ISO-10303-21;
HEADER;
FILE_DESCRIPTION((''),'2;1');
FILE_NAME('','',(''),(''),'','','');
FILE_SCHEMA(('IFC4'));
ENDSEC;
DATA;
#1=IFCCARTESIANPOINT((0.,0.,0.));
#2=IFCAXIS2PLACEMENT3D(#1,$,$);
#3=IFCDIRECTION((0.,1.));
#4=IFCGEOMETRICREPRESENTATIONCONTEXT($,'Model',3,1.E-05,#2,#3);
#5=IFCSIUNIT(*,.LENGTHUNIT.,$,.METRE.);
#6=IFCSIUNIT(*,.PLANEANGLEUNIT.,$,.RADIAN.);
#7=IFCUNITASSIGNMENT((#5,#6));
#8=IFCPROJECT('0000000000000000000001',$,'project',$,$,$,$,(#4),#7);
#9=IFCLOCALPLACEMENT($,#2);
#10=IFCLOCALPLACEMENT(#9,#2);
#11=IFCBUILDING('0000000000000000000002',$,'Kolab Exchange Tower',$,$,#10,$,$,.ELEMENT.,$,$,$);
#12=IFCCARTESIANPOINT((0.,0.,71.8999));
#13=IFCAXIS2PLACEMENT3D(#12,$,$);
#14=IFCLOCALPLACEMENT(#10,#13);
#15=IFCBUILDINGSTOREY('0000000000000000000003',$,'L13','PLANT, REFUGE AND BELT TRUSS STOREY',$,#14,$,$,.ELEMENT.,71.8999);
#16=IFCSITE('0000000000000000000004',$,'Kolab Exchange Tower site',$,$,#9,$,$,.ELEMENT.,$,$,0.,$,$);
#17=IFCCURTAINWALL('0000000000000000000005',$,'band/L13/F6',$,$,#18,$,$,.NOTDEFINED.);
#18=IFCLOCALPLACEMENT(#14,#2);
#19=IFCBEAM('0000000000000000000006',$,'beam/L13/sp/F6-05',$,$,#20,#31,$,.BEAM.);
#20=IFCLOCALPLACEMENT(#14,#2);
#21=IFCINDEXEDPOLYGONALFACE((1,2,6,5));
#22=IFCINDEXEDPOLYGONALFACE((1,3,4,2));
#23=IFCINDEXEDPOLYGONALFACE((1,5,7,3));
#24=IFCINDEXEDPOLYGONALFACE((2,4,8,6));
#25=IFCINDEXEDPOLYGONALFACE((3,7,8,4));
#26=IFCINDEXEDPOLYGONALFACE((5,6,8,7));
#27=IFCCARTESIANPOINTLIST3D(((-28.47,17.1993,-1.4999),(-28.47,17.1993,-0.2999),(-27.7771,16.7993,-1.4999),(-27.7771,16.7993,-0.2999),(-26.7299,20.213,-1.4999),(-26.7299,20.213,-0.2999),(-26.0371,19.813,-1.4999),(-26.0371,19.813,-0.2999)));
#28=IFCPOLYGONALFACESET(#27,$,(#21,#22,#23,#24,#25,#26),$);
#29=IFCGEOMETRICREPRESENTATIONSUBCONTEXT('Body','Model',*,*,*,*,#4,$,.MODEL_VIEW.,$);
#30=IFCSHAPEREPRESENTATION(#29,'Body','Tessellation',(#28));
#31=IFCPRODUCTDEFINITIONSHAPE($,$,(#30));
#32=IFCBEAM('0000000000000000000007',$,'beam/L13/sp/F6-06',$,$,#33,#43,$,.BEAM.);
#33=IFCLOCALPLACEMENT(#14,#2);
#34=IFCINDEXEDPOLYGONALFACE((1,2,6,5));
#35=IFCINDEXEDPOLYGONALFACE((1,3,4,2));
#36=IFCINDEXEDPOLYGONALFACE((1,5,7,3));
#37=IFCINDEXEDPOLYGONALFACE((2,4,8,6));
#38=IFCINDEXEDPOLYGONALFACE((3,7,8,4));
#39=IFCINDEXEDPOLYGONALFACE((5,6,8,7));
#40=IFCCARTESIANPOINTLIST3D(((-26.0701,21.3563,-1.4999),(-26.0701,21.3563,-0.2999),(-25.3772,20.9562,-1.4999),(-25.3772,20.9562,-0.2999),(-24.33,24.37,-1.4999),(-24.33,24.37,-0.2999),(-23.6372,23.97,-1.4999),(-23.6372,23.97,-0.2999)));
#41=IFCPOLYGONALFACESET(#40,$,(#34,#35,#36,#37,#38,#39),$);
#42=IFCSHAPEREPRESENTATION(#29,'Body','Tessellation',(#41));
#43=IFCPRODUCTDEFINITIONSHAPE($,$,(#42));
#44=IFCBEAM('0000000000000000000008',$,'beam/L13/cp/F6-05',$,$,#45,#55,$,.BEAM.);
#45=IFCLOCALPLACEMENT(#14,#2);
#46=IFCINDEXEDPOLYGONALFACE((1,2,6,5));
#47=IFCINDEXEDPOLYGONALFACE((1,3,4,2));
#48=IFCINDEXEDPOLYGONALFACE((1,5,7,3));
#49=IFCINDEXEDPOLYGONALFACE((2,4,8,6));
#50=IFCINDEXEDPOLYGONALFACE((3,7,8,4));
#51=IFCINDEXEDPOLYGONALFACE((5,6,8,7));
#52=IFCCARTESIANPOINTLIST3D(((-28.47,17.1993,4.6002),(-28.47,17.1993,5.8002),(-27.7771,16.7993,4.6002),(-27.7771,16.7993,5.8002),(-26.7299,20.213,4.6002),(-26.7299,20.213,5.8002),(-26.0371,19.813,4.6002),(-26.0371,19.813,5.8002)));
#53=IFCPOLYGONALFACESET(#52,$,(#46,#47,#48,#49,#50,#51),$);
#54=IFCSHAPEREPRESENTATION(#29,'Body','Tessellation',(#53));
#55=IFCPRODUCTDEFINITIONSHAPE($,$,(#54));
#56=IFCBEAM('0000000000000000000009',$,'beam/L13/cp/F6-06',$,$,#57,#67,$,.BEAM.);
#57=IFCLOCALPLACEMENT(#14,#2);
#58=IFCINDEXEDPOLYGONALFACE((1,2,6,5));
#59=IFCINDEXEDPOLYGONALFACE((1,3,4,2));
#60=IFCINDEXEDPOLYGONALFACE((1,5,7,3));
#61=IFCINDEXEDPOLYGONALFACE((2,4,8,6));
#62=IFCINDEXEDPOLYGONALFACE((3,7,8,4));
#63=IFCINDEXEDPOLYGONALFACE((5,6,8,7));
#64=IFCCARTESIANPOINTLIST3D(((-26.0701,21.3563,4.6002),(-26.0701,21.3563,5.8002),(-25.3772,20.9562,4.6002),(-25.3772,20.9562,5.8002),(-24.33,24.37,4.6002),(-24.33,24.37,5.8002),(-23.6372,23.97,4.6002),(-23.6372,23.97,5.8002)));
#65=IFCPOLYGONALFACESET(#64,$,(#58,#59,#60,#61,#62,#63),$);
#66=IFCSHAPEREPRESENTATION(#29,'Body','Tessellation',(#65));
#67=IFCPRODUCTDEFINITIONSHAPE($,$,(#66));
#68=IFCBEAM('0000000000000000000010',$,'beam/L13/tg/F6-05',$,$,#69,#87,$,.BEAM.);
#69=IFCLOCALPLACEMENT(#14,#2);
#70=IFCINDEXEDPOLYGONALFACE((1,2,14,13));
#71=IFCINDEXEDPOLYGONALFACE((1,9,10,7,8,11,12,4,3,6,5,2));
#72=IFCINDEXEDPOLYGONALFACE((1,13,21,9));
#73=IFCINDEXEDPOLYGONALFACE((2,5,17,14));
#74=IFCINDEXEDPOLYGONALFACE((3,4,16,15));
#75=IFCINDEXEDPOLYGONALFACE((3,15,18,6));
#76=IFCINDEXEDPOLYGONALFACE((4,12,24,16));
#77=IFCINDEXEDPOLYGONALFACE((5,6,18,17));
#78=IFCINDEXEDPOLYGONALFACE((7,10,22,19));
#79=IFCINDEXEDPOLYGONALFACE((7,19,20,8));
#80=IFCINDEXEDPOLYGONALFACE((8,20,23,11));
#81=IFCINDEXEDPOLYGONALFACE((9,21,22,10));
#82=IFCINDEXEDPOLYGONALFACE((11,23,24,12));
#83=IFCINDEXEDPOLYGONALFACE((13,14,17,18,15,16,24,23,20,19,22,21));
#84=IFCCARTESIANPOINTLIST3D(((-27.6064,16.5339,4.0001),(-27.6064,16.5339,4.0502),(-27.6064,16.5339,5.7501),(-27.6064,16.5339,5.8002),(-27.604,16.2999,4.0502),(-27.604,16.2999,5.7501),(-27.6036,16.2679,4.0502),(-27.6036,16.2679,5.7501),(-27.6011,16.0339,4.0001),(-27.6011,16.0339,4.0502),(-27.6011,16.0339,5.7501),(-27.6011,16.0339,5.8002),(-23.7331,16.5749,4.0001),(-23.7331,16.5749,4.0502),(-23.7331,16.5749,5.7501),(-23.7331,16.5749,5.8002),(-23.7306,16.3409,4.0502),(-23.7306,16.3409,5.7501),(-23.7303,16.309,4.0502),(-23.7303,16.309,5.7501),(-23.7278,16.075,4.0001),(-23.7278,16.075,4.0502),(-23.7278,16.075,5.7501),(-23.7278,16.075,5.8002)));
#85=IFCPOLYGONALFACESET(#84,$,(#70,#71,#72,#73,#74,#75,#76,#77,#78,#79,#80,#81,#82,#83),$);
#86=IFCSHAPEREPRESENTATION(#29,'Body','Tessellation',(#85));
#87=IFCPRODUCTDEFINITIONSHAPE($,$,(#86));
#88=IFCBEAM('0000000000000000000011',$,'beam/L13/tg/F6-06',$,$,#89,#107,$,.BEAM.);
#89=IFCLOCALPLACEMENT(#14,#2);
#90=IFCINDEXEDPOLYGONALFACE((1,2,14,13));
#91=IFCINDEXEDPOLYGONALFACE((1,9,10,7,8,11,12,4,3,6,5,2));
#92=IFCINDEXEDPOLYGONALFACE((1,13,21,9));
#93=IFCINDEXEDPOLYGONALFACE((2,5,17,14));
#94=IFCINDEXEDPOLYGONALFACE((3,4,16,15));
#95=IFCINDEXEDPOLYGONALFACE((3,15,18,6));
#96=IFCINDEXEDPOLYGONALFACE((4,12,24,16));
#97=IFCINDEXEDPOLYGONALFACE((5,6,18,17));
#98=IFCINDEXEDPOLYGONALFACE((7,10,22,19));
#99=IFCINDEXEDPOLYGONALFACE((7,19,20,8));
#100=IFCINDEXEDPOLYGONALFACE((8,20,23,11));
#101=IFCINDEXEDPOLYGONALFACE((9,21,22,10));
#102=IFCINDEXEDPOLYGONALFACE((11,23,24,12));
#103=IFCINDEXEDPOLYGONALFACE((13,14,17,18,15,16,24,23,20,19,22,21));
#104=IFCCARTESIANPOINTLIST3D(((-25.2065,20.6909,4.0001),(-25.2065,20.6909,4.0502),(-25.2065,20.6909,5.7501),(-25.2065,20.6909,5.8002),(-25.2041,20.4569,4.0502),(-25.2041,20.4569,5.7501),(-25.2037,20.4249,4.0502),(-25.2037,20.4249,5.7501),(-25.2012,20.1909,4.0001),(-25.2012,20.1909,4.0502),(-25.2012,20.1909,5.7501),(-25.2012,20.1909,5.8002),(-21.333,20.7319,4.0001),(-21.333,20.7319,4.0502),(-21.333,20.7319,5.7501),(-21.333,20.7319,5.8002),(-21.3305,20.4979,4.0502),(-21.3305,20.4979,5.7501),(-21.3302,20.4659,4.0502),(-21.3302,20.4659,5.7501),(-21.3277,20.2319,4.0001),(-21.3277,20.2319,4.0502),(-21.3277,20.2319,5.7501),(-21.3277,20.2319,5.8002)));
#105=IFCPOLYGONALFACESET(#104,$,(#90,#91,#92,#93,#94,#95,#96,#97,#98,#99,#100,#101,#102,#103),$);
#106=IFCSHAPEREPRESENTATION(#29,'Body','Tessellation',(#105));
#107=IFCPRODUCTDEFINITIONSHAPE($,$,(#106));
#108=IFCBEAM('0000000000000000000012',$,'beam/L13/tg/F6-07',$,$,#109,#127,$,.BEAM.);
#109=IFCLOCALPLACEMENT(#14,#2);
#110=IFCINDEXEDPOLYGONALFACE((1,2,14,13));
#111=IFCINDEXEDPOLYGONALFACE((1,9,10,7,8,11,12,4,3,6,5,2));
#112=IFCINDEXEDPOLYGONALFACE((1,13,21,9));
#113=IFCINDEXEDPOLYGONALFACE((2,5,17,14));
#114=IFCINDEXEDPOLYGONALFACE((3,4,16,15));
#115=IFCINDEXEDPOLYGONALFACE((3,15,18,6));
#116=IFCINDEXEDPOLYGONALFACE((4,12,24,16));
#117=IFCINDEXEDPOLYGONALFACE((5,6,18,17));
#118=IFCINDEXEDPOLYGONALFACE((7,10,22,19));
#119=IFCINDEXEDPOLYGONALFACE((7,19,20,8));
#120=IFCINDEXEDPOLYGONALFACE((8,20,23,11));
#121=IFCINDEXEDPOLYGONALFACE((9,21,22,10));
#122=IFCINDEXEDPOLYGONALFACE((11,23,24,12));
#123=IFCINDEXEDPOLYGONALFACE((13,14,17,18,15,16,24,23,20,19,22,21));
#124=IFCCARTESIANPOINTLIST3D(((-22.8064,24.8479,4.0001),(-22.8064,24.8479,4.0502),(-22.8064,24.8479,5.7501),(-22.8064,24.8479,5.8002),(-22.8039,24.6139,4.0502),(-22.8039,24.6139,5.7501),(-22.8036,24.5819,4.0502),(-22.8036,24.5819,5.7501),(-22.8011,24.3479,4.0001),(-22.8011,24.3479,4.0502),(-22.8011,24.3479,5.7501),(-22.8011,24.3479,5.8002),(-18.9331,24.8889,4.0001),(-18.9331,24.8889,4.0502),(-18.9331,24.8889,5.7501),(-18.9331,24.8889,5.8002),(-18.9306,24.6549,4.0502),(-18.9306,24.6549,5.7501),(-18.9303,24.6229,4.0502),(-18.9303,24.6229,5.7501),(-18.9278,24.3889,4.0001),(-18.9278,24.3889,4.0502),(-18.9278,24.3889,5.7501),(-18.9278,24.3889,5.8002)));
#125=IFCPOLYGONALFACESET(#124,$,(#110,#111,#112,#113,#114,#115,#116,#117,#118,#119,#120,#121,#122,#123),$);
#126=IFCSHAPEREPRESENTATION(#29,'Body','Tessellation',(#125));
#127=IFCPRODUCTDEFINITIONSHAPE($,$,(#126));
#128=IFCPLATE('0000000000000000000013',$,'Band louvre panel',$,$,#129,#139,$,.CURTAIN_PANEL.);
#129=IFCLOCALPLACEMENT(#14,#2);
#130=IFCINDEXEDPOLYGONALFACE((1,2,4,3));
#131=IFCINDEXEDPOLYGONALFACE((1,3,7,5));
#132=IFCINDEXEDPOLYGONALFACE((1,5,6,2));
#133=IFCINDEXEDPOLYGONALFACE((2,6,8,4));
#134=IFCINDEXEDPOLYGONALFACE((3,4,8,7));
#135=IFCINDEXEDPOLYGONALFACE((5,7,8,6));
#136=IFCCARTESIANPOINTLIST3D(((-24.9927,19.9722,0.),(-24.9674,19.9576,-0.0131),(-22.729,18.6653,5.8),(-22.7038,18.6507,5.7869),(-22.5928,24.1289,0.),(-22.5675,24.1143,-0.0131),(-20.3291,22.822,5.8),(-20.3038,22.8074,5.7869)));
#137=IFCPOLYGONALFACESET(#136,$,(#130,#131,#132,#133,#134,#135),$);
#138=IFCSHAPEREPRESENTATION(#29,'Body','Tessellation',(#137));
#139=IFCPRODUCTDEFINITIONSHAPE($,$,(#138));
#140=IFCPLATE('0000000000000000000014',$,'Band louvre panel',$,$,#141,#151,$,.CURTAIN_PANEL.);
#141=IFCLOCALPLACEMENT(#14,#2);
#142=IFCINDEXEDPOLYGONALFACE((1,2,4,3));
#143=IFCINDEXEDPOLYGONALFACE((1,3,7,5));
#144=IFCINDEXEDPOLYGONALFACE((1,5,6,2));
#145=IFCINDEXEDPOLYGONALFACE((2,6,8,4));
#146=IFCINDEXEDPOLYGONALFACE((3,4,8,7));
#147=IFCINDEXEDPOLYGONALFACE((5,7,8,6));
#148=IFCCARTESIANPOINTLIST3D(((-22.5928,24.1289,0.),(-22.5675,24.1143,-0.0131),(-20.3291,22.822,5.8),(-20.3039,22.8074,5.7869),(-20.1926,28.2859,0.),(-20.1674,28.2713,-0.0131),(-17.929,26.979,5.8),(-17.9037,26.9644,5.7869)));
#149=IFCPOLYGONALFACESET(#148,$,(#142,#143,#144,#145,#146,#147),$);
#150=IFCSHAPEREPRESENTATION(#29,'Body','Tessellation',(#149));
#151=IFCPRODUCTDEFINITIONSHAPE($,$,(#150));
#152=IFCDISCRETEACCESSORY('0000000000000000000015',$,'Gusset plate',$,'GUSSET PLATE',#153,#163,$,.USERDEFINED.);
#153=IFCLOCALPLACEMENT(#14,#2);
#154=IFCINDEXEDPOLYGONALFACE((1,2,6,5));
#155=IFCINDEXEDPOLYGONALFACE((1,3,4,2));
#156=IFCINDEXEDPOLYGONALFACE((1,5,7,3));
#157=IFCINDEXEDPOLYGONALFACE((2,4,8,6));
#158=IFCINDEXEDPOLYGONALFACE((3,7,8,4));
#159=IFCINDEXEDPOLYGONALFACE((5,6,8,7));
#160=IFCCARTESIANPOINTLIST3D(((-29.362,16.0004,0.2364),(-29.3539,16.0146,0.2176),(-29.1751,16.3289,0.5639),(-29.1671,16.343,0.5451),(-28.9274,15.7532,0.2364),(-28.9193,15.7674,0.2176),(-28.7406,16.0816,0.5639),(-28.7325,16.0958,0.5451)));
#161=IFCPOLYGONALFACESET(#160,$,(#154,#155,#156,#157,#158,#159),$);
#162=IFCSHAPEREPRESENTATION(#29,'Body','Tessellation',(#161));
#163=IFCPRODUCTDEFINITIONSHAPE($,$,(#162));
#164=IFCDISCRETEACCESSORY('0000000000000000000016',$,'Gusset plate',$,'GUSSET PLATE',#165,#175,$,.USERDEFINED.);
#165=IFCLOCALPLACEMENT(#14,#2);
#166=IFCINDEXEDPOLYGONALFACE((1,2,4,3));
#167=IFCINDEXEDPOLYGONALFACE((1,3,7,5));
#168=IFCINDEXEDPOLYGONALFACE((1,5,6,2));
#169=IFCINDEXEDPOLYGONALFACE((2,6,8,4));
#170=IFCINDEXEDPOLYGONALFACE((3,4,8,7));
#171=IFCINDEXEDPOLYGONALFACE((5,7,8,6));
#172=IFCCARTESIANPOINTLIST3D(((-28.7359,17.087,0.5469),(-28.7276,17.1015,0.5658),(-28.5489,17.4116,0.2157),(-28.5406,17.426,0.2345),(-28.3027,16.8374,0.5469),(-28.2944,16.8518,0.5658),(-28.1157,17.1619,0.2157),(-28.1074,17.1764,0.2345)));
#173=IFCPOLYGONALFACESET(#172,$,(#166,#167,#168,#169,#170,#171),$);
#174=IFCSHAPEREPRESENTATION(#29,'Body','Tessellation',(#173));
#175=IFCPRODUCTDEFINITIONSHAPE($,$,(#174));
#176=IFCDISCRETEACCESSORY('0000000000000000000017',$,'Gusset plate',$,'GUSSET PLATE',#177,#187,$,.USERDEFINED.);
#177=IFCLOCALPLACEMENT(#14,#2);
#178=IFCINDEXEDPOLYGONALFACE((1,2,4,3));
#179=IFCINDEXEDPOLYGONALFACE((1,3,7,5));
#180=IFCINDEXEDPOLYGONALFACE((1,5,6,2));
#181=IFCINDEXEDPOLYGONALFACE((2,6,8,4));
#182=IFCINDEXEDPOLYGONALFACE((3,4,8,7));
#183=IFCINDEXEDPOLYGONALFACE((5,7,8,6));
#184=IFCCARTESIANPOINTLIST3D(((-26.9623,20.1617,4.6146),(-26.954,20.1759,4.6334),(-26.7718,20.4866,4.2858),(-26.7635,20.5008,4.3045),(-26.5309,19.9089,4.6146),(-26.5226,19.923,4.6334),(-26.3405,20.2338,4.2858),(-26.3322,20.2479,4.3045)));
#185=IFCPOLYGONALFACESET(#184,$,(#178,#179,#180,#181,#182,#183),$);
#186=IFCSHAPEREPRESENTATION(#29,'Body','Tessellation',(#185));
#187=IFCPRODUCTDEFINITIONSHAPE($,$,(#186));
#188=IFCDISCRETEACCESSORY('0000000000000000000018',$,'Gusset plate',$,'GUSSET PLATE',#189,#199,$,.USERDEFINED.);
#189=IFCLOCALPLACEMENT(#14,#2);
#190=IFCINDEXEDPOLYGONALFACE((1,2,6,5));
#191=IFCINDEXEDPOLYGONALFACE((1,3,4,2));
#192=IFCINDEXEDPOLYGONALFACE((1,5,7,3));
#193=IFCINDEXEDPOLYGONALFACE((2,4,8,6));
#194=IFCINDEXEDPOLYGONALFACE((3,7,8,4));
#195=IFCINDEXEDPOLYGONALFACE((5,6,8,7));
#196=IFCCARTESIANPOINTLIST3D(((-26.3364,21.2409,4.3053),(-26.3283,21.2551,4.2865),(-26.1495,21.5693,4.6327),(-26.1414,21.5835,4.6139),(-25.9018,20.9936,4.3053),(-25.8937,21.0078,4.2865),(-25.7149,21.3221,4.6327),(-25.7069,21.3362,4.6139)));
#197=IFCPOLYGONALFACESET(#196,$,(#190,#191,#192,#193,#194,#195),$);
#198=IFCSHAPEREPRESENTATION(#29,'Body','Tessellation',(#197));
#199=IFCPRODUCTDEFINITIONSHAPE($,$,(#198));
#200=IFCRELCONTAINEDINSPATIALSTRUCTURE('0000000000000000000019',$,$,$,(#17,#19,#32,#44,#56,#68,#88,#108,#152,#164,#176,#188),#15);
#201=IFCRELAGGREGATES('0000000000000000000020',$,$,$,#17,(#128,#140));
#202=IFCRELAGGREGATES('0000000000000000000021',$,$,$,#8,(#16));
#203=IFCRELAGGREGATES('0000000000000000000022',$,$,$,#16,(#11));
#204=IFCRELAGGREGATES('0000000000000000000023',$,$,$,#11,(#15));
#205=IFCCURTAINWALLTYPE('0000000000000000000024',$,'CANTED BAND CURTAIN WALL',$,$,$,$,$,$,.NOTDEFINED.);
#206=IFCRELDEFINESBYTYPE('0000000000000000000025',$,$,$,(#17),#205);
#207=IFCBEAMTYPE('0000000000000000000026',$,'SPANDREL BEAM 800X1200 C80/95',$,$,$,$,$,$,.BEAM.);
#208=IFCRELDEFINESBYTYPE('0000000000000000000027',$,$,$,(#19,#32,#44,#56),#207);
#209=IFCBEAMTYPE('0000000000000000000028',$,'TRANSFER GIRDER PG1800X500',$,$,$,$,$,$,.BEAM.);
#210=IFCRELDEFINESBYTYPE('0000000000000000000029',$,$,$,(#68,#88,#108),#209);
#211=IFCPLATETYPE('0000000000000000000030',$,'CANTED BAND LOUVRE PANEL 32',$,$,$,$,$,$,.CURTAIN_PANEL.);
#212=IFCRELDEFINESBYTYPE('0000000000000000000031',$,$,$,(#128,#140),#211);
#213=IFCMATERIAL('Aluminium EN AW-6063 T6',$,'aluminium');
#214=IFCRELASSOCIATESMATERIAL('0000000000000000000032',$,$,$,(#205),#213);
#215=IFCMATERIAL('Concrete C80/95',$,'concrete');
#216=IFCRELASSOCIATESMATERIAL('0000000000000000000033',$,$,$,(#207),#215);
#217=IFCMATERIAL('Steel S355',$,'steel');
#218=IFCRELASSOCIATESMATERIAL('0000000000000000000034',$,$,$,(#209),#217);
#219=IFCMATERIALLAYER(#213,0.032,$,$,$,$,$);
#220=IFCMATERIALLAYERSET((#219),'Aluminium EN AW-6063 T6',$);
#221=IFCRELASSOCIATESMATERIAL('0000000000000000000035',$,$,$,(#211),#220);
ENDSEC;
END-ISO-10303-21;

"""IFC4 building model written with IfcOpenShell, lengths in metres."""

from ifc_helpers import new_model, si_unit, direction, frame, origin, origin_2d, place, context, subcontext, project, spatial, polyline, rectangle, i_section, outline, extrude, material, layer, layer_set, material_profile, profile_set, type_object, element, aggregate, save


model = new_model("IFC4")

# Units and contexts
model_context = context("Model", 3, precision=1e-05, world=origin(), true_north=direction((0.0, 1.0)))
body_context = subcontext(model_context, "Body", "Model", "MODEL_VIEW")
ifc_project = project(units=[si_unit("LENGTHUNIT", "METRE"), si_unit("PLANEANGLEUNIT", "RADIAN")], contexts=[model_context])

# Site, building, storey
site_placement = place(None, origin())
site = spatial("IfcSite", under=ifc_project, at=site_placement, Name="Kolab Exchange Tower site", CompositionType="ELEMENT", RefElevation=0.0)
building_placement = place(site_placement, origin())
building = spatial("IfcBuilding", under=site, at=building_placement, Name="Kolab Exchange Tower", CompositionType="ELEMENT")
storey_placement = place(building_placement, frame((0.0, 0.0, 71.8999)))
storey = spatial("IfcBuildingStorey", under=building, at=storey_placement, Name="L13", Description="PLANT, REFUGE AND BELT TRUSS STOREY", CompositionType="ELEMENT", Elevation=71.8999)

# Shared definitions
ifc_material_1 = material(Name="Concrete C80/95", Category="concrete")

# Shared definitions
ifc_material_2 = material(Name="Steel S355", Category="steel")

# Curtain wall
ifc_material_3 = material(Name="Aluminium EN AW-6063 T6", Category="aluminium")
curtain_wall_type = type_object("IfcCurtainWallType", Name="CANTED BAND CURTAIN WALL", PredefinedType="NOTDEFINED", material=ifc_material_3)
curtain_wall_placement = place(storey_placement, origin())
curtain_wall = element("IfcCurtainWall", 1, at=curtain_wall_placement, inside=storey, type_object=curtain_wall_type, Name="band/L13/F6", PredefinedType="NOTDEFINED")

# Beams
ifc_material_profile_1 = material_profile(ifc_material_1, rectangle(XDim=0.8, YDim=1.2, at=origin_2d()), Name="RC800X1200")
ifc_profile_set_1 = profile_set([ifc_material_profile_1], Name="Concrete C80/95")
beam_type_1 = type_object("IfcBeamType", Name="SPANDREL BEAM 800X1200 C80/95", PredefinedType="BEAM", material=ifc_profile_set_1)
for number, where, z_axis, x_axis, name in (
    (2, (-28.1235, 16.9993, -0.8999), (0.50001, 0.86602, 0.0), (-0.86602, 0.50001, 0.0), "beam/L13/sp/F6-05"),
    (3, (-25.7236, 21.1562, -0.8999), (0.50001, 0.86602, 0.0), (-0.86602, 0.50001, 0.0), "beam/L13/sp/F6-06"),
    (4, (-28.1235, 16.9993, 5.2002), (0.50001, 0.86602, 0.0), (-0.86602, 0.50001, 0.0), "beam/L13/cp/F6-05"),
    (5, (-25.7236, 21.1562, 5.2002), (0.50001, 0.86602, 0.0), (-0.86602, 0.50001, 0.0), "beam/L13/cp/F6-06"),
):
    element("IfcBeam", number, at=place(storey_placement, frame(where, z_axis=z_axis, x_axis=x_axis)), inside=storey, type_object=beam_type_1, Name=name, PredefinedType="BEAM", context=body_context, shape_type="SweptSolid", body=[
        extrude(rectangle(XDim=0.8, YDim=1.2, at=origin_2d()), origin(), (0.0, 0.0, 1.0), 3.48),
    ])
ifc_material_profile_2 = material_profile(ifc_material_2, i_section(OverallWidth=0.5, OverallDepth=1.8, WebThickness=0.032, FlangeThickness=0.05, at=origin_2d()), Name="PG1800X500")
ifc_profile_set_2 = profile_set([ifc_material_profile_2], Name="Steel S355")
beam_type_2 = type_object("IfcBeamType", Name="TRANSFER GIRDER PG1800X500", PredefinedType="BEAM", material=ifc_profile_set_2)
beam_1_placement = place(storey_placement, frame((-23.7305, 16.325, 4.9001), z_axis=(-0.999944, -0.010589, 0.0), x_axis=(0.010589, -0.999944, 0.0)))
element("IfcBeam", 6, at=beam_1_placement, inside=storey, type_object=beam_type_2, Name="beam/L13/tg/F6-05", PredefinedType="BEAM", context=body_context, shape_type="SweptSolid", body=[
    extrude(i_section(OverallWidth=0.5, OverallDepth=1.8, WebThickness=0.032, FlangeThickness=0.05, at=origin_2d()), origin(), (0.0, 0.0, 1.0), 3.8735),
])
beam_2_placement = place(storey_placement, frame((-21.3303, 20.4819, 4.9001), z_axis=(-0.999944, -0.010588, 0.0), x_axis=(0.010588, -0.999944, 0.0)))
element("IfcBeam", 7, at=beam_2_placement, inside=storey, type_object=beam_type_2, Name="beam/L13/tg/F6-06", PredefinedType="BEAM", context=body_context, shape_type="SweptSolid", body=[
    extrude(i_section(OverallWidth=0.5, OverallDepth=1.8, WebThickness=0.032, FlangeThickness=0.05, at=origin_2d()), origin(), (0.0, 0.0, 1.0), 3.8738),
])
beam_3_placement = place(storey_placement, frame((-18.9304, 24.6389, 4.9001), z_axis=(-0.999944, -0.010589, 0.0), x_axis=(0.010589, -0.999944, 0.0)))
element("IfcBeam", 8, at=beam_3_placement, inside=storey, type_object=beam_type_2, Name="beam/L13/tg/F6-07", PredefinedType="BEAM", context=body_context, shape_type="SweptSolid", body=[
    extrude(i_section(OverallWidth=0.5, OverallDepth=1.8, WebThickness=0.032, FlangeThickness=0.05, at=origin_2d()), origin(), (0.0, 0.0, 1.0), 3.8735),
])

# Plates
ifc_layer = layer(ifc_material_3, 0.032)
ifc_layer_set = layer_set([ifc_layer], Name="Aluminium EN AW-6063 T6")
plate_type = type_object("IfcPlateType", Name="CANTED BAND LOUVRE PANEL 32", PredefinedType="CURTAIN_PANEL", material=ifc_layer_set)
plate_1_placement = place(storey_placement, frame((-24.9927, 19.9722, 0.0), z_axis=(-0.789552, 0.45585, 0.410864), x_axis=(0.500001, 0.866025, 0.0)))
plate_1 = element("IfcPlate", 9, at=plate_1_placement, type_object=plate_type, Name="Band louvre panel", PredefinedType="CURTAIN_PANEL", context=body_context, shape_type="SweptSolid", body=[
    extrude(outline(polyline([(0.0, 0.0), (4.7998, 0.0), (4.7998, -6.3618), (0.0, -6.3618), (0.0, 0.0)])), origin(), (0.0, 0.0, -1.0), 0.032),
])
plate_2_placement = place(storey_placement, frame((-22.5928, 24.1289, 0.0), z_axis=(-0.789543, 0.455864, 0.410864), x_axis=(0.500017, 0.866015, 0.0)))
plate_2 = element("IfcPlate", 10, at=plate_2_placement, type_object=plate_type, Name="Band louvre panel", PredefinedType="CURTAIN_PANEL", context=body_context, shape_type="SweptSolid", body=[
    extrude(outline(polyline([(0.0, 0.0), (4.8001, 0.0), (4.8002, -6.3618), (0.0001, -6.3618), (0.0, 0.0)])), origin(), (0.0, 0.0, -1.0), 0.032),
])
aggregate(curtain_wall, [plate_1, plate_2])

# Discrete accessories
discrete_accessory_1_placement = place(storey_placement, frame((-29.0513, 16.041, 0.4001), z_axis=(0.323872, 0.56923, -0.755701), x_axis=(-0.869164, 0.494524, 0.0)))
element("IfcDiscreteAccessory", 11, at=discrete_accessory_1_placement, inside=storey, Name="Gusset plate", ObjectType="GUSSET PLATE", PredefinedType="USERDEFINED", context=body_context, shape_type="SweptSolid", body=[
    extrude(rectangle(XDim=0.5, YDim=0.5, at=origin_2d()), origin(), (0.0, 0.0, 1.0), 0.0249),
])
discrete_accessory_2_placement = place(storey_placement, frame((-28.4175, 17.1389, 0.4001), z_axis=(-0.330768, -0.57398, -0.749092), x_axis=(0.86643, -0.499299, 0.0)))
element("IfcDiscreteAccessory", 12, at=discrete_accessory_2_placement, inside=storey, Name="Gusset plate", ObjectType="GUSSET PLATE", PredefinedType="USERDEFINED", context=body_context, shape_type="SweptSolid", body=[
    extrude(rectangle(XDim=0.5, YDim=0.5, at=origin_2d()), origin(), (0.0, 0.0, 1.0), 0.0251),
])
for number, where, z_axis, x_axis, name in (
    (13, (-26.6514, 20.1978, 4.4502), (0.332615, 0.567402, 0.753275), (-0.862698, 0.505719, 0.0), "Gusset plate"),
    (14, (-26.0176, 21.2957, 4.4502), (-0.323872, -0.56923, 0.755701), (0.869164, -0.494524, 0.0), "Gusset plate"),
):
    element("IfcDiscreteAccessory", number, at=place(storey_placement, frame(where, z_axis=z_axis, x_axis=x_axis)), inside=storey, Name=name, ObjectType="GUSSET PLATE", PredefinedType="USERDEFINED", context=body_context, shape_type="SweptSolid", body=[
        extrude(rectangle(XDim=0.5, YDim=0.5, at=origin_2d()), origin(), (0.0, 0.0, 1.0), 0.0249),
    ])

save(model, "model.ifc")
